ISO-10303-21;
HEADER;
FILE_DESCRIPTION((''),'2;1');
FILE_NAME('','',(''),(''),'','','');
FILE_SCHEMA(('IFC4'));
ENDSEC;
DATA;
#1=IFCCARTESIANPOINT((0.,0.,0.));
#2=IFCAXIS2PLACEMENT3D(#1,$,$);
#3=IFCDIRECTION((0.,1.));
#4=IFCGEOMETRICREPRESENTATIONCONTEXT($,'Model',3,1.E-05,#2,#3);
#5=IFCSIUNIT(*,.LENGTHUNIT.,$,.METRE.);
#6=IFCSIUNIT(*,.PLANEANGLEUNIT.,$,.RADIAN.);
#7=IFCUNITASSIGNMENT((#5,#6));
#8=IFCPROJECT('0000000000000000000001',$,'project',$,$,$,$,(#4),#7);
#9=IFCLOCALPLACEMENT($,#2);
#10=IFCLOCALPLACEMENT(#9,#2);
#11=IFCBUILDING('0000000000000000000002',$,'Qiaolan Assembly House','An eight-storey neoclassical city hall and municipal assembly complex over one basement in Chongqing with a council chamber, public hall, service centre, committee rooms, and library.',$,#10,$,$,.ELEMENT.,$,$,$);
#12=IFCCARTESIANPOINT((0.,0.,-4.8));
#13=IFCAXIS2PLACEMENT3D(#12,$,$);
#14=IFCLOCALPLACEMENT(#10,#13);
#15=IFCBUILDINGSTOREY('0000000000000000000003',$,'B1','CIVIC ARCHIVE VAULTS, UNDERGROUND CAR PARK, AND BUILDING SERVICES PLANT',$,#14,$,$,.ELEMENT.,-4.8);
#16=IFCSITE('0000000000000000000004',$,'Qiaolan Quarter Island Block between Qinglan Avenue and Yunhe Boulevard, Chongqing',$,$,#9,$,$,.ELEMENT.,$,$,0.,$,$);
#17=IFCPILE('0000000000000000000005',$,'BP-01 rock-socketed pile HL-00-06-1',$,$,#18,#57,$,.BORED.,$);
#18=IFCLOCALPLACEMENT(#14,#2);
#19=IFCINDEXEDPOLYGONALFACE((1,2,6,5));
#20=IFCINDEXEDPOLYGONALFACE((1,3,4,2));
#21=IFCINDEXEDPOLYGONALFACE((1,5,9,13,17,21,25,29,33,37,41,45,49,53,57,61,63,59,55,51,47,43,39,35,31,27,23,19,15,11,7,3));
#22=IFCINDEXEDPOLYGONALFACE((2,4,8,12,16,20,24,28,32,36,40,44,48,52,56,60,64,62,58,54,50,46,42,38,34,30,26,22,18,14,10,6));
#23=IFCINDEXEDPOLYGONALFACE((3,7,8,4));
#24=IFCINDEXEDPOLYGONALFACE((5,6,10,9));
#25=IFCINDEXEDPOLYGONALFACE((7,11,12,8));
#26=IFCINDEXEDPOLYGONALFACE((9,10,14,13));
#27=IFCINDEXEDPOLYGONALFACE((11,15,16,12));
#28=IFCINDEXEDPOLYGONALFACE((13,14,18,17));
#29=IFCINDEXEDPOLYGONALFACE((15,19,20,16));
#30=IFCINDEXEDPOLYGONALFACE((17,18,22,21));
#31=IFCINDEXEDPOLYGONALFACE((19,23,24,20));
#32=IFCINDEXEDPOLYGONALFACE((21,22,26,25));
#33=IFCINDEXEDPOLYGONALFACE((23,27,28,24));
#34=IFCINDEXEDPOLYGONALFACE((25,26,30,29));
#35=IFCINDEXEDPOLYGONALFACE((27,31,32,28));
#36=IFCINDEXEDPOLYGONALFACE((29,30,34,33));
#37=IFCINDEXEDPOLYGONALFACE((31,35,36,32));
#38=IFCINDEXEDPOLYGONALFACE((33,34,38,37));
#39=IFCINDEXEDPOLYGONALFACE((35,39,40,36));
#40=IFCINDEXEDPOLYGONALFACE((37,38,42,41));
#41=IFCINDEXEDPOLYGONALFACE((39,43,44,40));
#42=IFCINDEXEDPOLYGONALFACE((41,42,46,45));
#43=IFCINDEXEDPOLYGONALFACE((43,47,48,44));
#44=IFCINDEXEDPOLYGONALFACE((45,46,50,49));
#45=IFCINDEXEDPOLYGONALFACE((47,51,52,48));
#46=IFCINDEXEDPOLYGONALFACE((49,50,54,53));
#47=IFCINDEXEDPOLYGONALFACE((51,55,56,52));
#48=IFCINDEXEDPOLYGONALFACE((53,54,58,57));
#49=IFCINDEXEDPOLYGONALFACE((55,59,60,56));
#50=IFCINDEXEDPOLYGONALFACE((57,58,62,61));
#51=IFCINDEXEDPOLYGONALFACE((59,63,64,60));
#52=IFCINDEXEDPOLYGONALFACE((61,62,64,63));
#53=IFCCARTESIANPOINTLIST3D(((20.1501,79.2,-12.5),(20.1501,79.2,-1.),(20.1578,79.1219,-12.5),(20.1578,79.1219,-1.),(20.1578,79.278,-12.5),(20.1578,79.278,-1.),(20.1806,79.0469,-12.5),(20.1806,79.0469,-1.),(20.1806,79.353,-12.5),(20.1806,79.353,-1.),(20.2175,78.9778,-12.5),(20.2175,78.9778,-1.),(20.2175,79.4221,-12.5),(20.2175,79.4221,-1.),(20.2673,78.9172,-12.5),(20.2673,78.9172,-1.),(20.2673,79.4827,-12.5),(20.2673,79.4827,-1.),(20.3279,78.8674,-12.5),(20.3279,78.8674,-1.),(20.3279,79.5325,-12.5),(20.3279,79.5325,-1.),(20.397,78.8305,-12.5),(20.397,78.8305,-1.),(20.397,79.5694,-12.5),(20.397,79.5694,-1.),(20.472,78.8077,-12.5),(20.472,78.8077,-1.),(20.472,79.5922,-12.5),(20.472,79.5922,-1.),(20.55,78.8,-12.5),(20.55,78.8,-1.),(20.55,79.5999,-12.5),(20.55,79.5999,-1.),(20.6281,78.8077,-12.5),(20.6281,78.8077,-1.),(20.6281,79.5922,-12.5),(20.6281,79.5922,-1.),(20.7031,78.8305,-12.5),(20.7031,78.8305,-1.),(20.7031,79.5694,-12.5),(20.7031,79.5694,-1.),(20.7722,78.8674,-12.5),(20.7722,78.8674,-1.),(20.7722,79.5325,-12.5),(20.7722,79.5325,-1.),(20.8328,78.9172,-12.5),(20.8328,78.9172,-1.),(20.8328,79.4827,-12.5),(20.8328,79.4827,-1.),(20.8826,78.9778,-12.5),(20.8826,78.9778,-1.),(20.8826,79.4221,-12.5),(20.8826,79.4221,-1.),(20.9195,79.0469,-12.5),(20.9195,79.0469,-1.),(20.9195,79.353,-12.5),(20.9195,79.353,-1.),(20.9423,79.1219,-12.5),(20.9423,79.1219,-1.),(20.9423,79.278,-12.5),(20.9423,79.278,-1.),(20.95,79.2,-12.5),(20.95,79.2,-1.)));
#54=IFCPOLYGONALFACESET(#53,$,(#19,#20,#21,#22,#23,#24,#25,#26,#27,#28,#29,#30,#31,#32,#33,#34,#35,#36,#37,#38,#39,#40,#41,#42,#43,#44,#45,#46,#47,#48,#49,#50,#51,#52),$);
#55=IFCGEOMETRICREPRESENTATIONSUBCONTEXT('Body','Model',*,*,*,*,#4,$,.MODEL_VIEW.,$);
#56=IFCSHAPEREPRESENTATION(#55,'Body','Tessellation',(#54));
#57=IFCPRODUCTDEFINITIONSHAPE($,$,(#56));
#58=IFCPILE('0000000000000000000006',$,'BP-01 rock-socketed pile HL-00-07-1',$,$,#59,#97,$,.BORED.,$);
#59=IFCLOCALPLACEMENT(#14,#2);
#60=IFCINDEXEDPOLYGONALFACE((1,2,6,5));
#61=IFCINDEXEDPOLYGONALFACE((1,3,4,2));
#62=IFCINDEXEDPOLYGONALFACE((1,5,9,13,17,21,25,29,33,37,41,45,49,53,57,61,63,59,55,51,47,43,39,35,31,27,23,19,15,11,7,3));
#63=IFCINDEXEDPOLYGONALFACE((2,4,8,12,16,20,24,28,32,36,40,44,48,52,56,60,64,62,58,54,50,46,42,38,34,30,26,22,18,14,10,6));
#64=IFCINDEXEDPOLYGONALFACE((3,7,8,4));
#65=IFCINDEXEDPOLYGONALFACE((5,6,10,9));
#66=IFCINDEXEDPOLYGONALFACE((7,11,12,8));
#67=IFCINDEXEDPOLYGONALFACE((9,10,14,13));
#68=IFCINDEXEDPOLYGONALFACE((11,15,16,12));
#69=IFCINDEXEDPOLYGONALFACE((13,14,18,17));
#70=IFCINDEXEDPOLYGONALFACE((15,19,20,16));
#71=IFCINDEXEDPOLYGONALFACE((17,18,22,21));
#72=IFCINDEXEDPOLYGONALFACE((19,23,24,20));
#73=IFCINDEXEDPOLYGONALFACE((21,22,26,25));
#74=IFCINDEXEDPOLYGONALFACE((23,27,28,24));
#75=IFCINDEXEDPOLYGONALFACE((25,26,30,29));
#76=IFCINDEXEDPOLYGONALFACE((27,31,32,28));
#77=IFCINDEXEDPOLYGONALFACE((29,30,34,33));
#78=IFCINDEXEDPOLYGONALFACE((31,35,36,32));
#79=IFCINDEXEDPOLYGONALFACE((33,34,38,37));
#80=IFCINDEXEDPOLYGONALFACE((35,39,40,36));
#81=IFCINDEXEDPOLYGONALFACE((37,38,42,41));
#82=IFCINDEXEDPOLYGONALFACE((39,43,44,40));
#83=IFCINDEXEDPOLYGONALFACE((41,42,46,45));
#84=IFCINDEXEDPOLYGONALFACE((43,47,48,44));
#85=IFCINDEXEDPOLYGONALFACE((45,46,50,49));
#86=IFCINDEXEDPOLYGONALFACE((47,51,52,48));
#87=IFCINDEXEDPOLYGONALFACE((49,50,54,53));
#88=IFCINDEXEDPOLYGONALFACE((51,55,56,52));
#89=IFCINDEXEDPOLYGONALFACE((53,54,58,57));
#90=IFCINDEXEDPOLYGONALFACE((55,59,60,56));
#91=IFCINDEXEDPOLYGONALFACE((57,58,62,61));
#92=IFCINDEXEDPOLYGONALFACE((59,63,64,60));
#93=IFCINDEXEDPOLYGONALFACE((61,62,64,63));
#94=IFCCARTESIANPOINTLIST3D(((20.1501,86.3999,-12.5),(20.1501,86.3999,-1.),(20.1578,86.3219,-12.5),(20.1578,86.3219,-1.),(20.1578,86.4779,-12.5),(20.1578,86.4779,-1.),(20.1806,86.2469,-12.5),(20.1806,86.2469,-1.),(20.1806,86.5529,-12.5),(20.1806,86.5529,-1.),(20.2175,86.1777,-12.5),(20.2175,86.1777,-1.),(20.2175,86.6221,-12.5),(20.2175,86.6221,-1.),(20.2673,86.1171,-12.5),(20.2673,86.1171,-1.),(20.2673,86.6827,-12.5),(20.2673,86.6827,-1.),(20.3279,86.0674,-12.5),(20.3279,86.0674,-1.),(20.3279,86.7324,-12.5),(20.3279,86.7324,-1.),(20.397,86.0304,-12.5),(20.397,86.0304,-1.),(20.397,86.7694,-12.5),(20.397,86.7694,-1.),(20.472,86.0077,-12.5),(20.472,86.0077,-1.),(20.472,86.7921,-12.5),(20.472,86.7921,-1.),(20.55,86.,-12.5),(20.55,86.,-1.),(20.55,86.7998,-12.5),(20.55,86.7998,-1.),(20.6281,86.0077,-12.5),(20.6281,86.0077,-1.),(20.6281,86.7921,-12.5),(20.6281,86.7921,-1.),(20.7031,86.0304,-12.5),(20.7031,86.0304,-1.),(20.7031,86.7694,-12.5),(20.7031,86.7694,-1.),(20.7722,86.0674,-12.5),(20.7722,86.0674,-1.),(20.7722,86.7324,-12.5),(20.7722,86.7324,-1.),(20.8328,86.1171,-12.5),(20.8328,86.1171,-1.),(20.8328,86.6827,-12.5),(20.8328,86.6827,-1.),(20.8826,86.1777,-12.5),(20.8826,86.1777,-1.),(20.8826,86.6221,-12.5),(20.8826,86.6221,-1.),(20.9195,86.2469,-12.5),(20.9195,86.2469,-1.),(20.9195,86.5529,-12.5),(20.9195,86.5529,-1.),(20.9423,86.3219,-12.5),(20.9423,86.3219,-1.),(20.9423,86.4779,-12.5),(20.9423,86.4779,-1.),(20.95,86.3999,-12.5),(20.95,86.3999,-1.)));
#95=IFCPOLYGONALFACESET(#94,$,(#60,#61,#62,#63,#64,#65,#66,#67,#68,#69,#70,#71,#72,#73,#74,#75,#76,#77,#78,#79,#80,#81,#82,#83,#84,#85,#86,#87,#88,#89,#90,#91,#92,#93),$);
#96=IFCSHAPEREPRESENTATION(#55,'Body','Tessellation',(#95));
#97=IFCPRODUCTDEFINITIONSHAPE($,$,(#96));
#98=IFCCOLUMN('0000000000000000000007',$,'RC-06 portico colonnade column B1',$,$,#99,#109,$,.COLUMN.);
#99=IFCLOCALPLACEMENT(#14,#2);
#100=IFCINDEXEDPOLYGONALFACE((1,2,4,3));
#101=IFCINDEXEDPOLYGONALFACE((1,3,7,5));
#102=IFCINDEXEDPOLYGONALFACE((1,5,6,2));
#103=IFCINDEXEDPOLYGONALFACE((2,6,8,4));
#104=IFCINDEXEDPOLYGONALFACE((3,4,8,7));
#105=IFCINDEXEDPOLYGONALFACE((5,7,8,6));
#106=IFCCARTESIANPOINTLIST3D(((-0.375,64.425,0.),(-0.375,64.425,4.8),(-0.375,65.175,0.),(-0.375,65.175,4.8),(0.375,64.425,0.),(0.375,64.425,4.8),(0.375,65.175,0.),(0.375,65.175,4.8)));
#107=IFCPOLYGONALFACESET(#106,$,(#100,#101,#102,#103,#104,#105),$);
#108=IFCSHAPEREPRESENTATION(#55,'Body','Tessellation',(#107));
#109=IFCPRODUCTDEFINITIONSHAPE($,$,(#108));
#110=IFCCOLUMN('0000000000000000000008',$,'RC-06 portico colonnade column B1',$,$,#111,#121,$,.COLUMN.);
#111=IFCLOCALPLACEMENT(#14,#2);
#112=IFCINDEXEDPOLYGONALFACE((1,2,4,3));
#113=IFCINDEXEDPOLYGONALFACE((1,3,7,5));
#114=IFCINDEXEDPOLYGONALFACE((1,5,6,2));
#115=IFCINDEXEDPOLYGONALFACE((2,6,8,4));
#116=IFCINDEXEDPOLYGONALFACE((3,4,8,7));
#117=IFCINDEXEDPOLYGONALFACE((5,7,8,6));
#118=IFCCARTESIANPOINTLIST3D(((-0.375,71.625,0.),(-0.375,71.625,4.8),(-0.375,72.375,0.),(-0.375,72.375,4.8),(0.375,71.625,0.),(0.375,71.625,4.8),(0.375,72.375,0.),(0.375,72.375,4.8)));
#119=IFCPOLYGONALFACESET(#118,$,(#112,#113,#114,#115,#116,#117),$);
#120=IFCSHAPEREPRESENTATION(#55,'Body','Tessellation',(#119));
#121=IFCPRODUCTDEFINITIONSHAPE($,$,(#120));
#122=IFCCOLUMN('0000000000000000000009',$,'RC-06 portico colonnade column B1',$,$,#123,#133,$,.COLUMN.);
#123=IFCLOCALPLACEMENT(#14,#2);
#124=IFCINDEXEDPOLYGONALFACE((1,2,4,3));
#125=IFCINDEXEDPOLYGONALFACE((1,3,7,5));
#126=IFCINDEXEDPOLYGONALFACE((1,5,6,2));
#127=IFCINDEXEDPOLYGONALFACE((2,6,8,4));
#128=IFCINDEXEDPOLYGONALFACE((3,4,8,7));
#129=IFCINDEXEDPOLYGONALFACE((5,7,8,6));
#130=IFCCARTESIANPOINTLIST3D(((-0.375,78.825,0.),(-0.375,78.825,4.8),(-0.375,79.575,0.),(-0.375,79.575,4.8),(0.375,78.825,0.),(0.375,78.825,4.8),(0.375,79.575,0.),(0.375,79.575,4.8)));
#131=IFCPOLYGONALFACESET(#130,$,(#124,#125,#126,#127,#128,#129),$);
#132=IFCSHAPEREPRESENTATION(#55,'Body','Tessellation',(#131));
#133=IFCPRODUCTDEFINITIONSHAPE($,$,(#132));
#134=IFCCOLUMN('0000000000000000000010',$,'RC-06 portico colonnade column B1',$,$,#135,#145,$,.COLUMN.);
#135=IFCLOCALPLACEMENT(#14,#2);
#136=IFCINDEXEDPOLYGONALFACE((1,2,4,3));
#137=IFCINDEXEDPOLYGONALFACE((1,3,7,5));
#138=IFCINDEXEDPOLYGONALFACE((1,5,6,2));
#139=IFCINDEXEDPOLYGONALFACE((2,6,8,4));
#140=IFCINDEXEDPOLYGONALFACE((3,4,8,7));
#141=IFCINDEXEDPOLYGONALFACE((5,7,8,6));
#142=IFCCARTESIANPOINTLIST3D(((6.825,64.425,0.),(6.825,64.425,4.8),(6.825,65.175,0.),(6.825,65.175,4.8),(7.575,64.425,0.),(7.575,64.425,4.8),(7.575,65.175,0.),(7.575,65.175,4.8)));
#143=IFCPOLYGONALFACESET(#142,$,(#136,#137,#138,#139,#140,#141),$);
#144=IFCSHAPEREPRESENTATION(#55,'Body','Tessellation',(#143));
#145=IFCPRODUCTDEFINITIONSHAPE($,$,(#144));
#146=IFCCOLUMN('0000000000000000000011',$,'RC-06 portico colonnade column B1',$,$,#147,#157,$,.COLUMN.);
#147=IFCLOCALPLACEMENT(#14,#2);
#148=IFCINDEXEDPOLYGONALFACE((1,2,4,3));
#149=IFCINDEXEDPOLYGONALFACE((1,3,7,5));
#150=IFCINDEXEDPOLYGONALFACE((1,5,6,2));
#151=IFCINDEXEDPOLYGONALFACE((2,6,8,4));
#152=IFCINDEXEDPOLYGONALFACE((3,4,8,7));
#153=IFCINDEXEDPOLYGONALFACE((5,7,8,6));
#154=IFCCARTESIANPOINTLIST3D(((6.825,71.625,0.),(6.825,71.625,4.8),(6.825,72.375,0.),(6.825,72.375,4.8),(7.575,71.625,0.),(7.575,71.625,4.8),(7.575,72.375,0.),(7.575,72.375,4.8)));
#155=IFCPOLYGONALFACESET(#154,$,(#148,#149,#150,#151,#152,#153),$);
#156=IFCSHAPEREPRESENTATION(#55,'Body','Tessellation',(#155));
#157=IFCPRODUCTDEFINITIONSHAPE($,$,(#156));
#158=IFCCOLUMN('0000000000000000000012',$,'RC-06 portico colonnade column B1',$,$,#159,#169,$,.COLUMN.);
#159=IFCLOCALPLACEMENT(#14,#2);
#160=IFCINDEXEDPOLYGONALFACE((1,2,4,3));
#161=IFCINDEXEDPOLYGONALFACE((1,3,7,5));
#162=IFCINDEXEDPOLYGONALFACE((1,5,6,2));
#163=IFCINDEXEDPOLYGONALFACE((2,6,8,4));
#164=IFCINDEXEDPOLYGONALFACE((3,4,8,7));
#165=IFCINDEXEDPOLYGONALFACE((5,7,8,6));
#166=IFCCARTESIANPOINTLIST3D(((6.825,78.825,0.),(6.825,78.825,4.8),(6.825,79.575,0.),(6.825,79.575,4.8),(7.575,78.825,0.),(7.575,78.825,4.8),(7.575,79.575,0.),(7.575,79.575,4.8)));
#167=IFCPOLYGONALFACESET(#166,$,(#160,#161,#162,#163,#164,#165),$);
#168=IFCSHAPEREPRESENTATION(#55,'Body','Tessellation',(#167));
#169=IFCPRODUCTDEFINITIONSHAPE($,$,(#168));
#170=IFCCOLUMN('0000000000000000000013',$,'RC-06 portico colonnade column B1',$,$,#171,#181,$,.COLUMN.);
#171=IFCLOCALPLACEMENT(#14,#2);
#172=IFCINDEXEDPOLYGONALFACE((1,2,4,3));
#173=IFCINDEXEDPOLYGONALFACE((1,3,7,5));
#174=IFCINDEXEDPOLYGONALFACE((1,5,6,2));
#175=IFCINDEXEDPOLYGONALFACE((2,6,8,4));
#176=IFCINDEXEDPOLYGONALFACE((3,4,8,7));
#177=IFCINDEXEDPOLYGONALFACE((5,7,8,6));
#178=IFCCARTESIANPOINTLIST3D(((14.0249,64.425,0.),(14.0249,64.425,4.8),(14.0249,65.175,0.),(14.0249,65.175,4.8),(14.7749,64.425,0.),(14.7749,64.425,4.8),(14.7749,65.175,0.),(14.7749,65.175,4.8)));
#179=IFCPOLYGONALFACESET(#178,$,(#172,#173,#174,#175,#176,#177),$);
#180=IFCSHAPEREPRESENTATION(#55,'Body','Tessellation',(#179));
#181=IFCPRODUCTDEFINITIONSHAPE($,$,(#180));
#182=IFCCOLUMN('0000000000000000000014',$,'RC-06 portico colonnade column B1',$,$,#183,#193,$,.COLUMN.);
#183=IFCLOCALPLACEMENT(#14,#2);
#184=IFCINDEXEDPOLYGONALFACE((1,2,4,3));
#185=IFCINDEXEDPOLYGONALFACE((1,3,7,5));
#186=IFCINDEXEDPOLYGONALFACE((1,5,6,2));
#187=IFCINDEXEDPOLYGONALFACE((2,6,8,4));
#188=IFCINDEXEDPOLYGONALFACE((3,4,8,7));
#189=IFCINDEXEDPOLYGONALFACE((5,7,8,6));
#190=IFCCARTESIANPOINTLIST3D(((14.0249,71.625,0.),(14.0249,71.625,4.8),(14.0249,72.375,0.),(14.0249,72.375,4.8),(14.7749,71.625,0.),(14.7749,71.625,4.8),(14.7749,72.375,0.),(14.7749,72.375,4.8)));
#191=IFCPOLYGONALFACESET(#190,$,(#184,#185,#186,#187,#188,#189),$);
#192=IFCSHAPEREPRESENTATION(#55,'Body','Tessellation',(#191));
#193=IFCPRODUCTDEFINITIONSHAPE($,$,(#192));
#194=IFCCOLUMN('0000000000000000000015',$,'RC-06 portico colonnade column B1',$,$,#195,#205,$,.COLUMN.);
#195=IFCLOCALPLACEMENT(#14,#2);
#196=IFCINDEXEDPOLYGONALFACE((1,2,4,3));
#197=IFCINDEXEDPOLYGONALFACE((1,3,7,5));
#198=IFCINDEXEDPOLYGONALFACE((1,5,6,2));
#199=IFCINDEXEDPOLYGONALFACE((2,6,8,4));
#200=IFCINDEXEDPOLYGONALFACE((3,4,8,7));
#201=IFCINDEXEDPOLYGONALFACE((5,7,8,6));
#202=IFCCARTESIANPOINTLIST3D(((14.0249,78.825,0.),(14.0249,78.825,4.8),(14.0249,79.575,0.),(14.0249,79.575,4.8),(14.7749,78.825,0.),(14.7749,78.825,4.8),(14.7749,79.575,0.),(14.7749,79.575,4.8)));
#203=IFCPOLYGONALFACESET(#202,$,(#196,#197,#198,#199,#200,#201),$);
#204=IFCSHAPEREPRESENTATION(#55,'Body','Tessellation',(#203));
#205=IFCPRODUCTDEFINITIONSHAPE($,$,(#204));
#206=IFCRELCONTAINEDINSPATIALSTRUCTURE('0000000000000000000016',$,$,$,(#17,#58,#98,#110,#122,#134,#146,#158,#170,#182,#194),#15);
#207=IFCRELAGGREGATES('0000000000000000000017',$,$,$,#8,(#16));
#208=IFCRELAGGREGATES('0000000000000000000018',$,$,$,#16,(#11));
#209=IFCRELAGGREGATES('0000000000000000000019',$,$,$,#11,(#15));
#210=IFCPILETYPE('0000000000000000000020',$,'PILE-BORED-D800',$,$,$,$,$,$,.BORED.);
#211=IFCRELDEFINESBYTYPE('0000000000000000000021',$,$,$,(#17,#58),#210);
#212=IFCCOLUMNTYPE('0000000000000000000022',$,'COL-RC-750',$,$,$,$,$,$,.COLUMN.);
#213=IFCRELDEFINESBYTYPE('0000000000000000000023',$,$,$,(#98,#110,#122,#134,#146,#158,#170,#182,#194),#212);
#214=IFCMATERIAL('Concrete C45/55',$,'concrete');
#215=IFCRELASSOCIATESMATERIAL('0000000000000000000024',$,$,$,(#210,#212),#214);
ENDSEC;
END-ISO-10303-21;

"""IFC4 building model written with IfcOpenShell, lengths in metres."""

from ifc_helpers import new_model, si_unit, direction, frame, origin, origin_2d, place, context, subcontext, project, spatial, rectangle, circle, extrude, material, material_profile, profile_set, type_object, element, save


model = new_model("IFC4")

# Units and contexts
model_context = context("Model", 3, precision=1e-05, world=origin(), true_north=direction((0.0, 1.0)))
body_context = subcontext(model_context, "Body", "Model", "MODEL_VIEW")
ifc_project = project(units=[si_unit("LENGTHUNIT", "METRE"), si_unit("PLANEANGLEUNIT", "RADIAN")], contexts=[model_context])

# Site, building, storey
site_placement = place(None, origin())
site = spatial("IfcSite", under=ifc_project, at=site_placement, Name="Qiaolan Quarter Island Block between Qinglan Avenue and Yunhe Boulevard, Chongqing", CompositionType="ELEMENT", RefElevation=0.0)
building_placement = place(site_placement, origin())
building = spatial("IfcBuilding", under=site, at=building_placement, Name="Qiaolan Assembly House", Description="An eight-storey neoclassical city hall and municipal assembly complex over one basement in Chongqing with a council chamber, public hall, service centre, committee rooms, and library.", CompositionType="ELEMENT")
storey_placement = place(building_placement, frame((0.0, 0.0, -4.8)))
storey = spatial("IfcBuildingStorey", under=building, at=storey_placement, Name="B1", Description="CIVIC ARCHIVE VAULTS, UNDERGROUND CAR PARK, AND BUILDING SERVICES PLANT", CompositionType="ELEMENT", Elevation=-4.8)

# Piles
ifc_material_1 = material(Name="Concrete C45/55", Category="concrete")
ifc_material_profile_1 = material_profile(ifc_material_1, circle(Radius=0.3999, at=origin_2d()), Name="PILE D800")
ifc_profile_set_1 = profile_set([ifc_material_profile_1], Name="Concrete C45/55")
pile_type = type_object("IfcPileType", Name="PILE-BORED-D800", PredefinedType="BORED", material=ifc_profile_set_1)
for number, where, z_axis, x_axis, name in (
    (1, (20.55, 79.2, -1.0), (0.0, 0.0, -1.0), (1.0, 0.0, 0.0), "BP-01 rock-socketed pile HL-00-06-1"),
    (2, (20.55, 86.3999, -1.0), (0.0, 0.0, -1.0), (1.0, 0.0, 0.0), "BP-01 rock-socketed pile HL-00-07-1"),
):
    element("IfcPile", number, at=place(storey_placement, frame(where, z_axis=z_axis, x_axis=x_axis)), inside=storey, type_object=pile_type, Name=name, PredefinedType="BORED", context=body_context, shape_type="SweptSolid", body=[
        extrude(circle(Radius=0.3999, at=origin_2d()), origin(), (0.0, 0.0, 1.0), 11.5),
    ])

# Columns
ifc_material_profile_2 = material_profile(ifc_material_1, rectangle(XDim=0.75, YDim=0.75, at=origin_2d()), Name="RC 750x750")
ifc_profile_set_2 = profile_set([ifc_material_profile_2], Name="Concrete C45/55")
column_type = type_object("IfcColumnType", Name="COL-RC-750", PredefinedType="COLUMN", material=ifc_profile_set_2)
for number, where, z_axis, x_axis, name in (
    (3, (0.0, 64.8, 0.0), (0.0, 0.0, 1.0), (1.0, 0.0, 0.0), "RC-06 portico colonnade column B1"),
    (4, (0.0, 72.0, 0.0), (0.0, 0.0, 1.0), (1.0, 0.0, 0.0), "RC-06 portico colonnade column B1"),
    (5, (0.0, 79.2, 0.0), (0.0, 0.0, 1.0), (1.0, 0.0, 0.0), "RC-06 portico colonnade column B1"),
    (6, (7.2, 64.8, 0.0), (0.0, 0.0, 1.0), (1.0, 0.0, 0.0), "RC-06 portico colonnade column B1"),
    (7, (7.2, 72.0, 0.0), (0.0, 0.0, 1.0), (1.0, 0.0, 0.0), "RC-06 portico colonnade column B1"),
    (8, (7.2, 79.2, 0.0), (0.0, 0.0, 1.0), (1.0, 0.0, 0.0), "RC-06 portico colonnade column B1"),
    (9, (14.3999, 64.8, 0.0), (0.0, 0.0, 1.0), (1.0, 0.0, 0.0), "RC-06 portico colonnade column B1"),
    (10, (14.3999, 72.0, 0.0), (0.0, 0.0, 1.0), (1.0, 0.0, 0.0), "RC-06 portico colonnade column B1"),
    (11, (14.3999, 79.2, 0.0), (0.0, 0.0, 1.0), (1.0, 0.0, 0.0), "RC-06 portico colonnade column B1"),
):
    element("IfcColumn", number, at=place(storey_placement, frame(where, z_axis=z_axis, x_axis=x_axis)), inside=storey, type_object=column_type, Name=name, PredefinedType="COLUMN", context=body_context, shape_type="SweptSolid", body=[
        extrude(rectangle(XDim=0.75, YDim=0.75, at=origin_2d()), origin(), (0.0, 0.0, 1.0), 4.8),
    ])

save(model, "model.ifc")
